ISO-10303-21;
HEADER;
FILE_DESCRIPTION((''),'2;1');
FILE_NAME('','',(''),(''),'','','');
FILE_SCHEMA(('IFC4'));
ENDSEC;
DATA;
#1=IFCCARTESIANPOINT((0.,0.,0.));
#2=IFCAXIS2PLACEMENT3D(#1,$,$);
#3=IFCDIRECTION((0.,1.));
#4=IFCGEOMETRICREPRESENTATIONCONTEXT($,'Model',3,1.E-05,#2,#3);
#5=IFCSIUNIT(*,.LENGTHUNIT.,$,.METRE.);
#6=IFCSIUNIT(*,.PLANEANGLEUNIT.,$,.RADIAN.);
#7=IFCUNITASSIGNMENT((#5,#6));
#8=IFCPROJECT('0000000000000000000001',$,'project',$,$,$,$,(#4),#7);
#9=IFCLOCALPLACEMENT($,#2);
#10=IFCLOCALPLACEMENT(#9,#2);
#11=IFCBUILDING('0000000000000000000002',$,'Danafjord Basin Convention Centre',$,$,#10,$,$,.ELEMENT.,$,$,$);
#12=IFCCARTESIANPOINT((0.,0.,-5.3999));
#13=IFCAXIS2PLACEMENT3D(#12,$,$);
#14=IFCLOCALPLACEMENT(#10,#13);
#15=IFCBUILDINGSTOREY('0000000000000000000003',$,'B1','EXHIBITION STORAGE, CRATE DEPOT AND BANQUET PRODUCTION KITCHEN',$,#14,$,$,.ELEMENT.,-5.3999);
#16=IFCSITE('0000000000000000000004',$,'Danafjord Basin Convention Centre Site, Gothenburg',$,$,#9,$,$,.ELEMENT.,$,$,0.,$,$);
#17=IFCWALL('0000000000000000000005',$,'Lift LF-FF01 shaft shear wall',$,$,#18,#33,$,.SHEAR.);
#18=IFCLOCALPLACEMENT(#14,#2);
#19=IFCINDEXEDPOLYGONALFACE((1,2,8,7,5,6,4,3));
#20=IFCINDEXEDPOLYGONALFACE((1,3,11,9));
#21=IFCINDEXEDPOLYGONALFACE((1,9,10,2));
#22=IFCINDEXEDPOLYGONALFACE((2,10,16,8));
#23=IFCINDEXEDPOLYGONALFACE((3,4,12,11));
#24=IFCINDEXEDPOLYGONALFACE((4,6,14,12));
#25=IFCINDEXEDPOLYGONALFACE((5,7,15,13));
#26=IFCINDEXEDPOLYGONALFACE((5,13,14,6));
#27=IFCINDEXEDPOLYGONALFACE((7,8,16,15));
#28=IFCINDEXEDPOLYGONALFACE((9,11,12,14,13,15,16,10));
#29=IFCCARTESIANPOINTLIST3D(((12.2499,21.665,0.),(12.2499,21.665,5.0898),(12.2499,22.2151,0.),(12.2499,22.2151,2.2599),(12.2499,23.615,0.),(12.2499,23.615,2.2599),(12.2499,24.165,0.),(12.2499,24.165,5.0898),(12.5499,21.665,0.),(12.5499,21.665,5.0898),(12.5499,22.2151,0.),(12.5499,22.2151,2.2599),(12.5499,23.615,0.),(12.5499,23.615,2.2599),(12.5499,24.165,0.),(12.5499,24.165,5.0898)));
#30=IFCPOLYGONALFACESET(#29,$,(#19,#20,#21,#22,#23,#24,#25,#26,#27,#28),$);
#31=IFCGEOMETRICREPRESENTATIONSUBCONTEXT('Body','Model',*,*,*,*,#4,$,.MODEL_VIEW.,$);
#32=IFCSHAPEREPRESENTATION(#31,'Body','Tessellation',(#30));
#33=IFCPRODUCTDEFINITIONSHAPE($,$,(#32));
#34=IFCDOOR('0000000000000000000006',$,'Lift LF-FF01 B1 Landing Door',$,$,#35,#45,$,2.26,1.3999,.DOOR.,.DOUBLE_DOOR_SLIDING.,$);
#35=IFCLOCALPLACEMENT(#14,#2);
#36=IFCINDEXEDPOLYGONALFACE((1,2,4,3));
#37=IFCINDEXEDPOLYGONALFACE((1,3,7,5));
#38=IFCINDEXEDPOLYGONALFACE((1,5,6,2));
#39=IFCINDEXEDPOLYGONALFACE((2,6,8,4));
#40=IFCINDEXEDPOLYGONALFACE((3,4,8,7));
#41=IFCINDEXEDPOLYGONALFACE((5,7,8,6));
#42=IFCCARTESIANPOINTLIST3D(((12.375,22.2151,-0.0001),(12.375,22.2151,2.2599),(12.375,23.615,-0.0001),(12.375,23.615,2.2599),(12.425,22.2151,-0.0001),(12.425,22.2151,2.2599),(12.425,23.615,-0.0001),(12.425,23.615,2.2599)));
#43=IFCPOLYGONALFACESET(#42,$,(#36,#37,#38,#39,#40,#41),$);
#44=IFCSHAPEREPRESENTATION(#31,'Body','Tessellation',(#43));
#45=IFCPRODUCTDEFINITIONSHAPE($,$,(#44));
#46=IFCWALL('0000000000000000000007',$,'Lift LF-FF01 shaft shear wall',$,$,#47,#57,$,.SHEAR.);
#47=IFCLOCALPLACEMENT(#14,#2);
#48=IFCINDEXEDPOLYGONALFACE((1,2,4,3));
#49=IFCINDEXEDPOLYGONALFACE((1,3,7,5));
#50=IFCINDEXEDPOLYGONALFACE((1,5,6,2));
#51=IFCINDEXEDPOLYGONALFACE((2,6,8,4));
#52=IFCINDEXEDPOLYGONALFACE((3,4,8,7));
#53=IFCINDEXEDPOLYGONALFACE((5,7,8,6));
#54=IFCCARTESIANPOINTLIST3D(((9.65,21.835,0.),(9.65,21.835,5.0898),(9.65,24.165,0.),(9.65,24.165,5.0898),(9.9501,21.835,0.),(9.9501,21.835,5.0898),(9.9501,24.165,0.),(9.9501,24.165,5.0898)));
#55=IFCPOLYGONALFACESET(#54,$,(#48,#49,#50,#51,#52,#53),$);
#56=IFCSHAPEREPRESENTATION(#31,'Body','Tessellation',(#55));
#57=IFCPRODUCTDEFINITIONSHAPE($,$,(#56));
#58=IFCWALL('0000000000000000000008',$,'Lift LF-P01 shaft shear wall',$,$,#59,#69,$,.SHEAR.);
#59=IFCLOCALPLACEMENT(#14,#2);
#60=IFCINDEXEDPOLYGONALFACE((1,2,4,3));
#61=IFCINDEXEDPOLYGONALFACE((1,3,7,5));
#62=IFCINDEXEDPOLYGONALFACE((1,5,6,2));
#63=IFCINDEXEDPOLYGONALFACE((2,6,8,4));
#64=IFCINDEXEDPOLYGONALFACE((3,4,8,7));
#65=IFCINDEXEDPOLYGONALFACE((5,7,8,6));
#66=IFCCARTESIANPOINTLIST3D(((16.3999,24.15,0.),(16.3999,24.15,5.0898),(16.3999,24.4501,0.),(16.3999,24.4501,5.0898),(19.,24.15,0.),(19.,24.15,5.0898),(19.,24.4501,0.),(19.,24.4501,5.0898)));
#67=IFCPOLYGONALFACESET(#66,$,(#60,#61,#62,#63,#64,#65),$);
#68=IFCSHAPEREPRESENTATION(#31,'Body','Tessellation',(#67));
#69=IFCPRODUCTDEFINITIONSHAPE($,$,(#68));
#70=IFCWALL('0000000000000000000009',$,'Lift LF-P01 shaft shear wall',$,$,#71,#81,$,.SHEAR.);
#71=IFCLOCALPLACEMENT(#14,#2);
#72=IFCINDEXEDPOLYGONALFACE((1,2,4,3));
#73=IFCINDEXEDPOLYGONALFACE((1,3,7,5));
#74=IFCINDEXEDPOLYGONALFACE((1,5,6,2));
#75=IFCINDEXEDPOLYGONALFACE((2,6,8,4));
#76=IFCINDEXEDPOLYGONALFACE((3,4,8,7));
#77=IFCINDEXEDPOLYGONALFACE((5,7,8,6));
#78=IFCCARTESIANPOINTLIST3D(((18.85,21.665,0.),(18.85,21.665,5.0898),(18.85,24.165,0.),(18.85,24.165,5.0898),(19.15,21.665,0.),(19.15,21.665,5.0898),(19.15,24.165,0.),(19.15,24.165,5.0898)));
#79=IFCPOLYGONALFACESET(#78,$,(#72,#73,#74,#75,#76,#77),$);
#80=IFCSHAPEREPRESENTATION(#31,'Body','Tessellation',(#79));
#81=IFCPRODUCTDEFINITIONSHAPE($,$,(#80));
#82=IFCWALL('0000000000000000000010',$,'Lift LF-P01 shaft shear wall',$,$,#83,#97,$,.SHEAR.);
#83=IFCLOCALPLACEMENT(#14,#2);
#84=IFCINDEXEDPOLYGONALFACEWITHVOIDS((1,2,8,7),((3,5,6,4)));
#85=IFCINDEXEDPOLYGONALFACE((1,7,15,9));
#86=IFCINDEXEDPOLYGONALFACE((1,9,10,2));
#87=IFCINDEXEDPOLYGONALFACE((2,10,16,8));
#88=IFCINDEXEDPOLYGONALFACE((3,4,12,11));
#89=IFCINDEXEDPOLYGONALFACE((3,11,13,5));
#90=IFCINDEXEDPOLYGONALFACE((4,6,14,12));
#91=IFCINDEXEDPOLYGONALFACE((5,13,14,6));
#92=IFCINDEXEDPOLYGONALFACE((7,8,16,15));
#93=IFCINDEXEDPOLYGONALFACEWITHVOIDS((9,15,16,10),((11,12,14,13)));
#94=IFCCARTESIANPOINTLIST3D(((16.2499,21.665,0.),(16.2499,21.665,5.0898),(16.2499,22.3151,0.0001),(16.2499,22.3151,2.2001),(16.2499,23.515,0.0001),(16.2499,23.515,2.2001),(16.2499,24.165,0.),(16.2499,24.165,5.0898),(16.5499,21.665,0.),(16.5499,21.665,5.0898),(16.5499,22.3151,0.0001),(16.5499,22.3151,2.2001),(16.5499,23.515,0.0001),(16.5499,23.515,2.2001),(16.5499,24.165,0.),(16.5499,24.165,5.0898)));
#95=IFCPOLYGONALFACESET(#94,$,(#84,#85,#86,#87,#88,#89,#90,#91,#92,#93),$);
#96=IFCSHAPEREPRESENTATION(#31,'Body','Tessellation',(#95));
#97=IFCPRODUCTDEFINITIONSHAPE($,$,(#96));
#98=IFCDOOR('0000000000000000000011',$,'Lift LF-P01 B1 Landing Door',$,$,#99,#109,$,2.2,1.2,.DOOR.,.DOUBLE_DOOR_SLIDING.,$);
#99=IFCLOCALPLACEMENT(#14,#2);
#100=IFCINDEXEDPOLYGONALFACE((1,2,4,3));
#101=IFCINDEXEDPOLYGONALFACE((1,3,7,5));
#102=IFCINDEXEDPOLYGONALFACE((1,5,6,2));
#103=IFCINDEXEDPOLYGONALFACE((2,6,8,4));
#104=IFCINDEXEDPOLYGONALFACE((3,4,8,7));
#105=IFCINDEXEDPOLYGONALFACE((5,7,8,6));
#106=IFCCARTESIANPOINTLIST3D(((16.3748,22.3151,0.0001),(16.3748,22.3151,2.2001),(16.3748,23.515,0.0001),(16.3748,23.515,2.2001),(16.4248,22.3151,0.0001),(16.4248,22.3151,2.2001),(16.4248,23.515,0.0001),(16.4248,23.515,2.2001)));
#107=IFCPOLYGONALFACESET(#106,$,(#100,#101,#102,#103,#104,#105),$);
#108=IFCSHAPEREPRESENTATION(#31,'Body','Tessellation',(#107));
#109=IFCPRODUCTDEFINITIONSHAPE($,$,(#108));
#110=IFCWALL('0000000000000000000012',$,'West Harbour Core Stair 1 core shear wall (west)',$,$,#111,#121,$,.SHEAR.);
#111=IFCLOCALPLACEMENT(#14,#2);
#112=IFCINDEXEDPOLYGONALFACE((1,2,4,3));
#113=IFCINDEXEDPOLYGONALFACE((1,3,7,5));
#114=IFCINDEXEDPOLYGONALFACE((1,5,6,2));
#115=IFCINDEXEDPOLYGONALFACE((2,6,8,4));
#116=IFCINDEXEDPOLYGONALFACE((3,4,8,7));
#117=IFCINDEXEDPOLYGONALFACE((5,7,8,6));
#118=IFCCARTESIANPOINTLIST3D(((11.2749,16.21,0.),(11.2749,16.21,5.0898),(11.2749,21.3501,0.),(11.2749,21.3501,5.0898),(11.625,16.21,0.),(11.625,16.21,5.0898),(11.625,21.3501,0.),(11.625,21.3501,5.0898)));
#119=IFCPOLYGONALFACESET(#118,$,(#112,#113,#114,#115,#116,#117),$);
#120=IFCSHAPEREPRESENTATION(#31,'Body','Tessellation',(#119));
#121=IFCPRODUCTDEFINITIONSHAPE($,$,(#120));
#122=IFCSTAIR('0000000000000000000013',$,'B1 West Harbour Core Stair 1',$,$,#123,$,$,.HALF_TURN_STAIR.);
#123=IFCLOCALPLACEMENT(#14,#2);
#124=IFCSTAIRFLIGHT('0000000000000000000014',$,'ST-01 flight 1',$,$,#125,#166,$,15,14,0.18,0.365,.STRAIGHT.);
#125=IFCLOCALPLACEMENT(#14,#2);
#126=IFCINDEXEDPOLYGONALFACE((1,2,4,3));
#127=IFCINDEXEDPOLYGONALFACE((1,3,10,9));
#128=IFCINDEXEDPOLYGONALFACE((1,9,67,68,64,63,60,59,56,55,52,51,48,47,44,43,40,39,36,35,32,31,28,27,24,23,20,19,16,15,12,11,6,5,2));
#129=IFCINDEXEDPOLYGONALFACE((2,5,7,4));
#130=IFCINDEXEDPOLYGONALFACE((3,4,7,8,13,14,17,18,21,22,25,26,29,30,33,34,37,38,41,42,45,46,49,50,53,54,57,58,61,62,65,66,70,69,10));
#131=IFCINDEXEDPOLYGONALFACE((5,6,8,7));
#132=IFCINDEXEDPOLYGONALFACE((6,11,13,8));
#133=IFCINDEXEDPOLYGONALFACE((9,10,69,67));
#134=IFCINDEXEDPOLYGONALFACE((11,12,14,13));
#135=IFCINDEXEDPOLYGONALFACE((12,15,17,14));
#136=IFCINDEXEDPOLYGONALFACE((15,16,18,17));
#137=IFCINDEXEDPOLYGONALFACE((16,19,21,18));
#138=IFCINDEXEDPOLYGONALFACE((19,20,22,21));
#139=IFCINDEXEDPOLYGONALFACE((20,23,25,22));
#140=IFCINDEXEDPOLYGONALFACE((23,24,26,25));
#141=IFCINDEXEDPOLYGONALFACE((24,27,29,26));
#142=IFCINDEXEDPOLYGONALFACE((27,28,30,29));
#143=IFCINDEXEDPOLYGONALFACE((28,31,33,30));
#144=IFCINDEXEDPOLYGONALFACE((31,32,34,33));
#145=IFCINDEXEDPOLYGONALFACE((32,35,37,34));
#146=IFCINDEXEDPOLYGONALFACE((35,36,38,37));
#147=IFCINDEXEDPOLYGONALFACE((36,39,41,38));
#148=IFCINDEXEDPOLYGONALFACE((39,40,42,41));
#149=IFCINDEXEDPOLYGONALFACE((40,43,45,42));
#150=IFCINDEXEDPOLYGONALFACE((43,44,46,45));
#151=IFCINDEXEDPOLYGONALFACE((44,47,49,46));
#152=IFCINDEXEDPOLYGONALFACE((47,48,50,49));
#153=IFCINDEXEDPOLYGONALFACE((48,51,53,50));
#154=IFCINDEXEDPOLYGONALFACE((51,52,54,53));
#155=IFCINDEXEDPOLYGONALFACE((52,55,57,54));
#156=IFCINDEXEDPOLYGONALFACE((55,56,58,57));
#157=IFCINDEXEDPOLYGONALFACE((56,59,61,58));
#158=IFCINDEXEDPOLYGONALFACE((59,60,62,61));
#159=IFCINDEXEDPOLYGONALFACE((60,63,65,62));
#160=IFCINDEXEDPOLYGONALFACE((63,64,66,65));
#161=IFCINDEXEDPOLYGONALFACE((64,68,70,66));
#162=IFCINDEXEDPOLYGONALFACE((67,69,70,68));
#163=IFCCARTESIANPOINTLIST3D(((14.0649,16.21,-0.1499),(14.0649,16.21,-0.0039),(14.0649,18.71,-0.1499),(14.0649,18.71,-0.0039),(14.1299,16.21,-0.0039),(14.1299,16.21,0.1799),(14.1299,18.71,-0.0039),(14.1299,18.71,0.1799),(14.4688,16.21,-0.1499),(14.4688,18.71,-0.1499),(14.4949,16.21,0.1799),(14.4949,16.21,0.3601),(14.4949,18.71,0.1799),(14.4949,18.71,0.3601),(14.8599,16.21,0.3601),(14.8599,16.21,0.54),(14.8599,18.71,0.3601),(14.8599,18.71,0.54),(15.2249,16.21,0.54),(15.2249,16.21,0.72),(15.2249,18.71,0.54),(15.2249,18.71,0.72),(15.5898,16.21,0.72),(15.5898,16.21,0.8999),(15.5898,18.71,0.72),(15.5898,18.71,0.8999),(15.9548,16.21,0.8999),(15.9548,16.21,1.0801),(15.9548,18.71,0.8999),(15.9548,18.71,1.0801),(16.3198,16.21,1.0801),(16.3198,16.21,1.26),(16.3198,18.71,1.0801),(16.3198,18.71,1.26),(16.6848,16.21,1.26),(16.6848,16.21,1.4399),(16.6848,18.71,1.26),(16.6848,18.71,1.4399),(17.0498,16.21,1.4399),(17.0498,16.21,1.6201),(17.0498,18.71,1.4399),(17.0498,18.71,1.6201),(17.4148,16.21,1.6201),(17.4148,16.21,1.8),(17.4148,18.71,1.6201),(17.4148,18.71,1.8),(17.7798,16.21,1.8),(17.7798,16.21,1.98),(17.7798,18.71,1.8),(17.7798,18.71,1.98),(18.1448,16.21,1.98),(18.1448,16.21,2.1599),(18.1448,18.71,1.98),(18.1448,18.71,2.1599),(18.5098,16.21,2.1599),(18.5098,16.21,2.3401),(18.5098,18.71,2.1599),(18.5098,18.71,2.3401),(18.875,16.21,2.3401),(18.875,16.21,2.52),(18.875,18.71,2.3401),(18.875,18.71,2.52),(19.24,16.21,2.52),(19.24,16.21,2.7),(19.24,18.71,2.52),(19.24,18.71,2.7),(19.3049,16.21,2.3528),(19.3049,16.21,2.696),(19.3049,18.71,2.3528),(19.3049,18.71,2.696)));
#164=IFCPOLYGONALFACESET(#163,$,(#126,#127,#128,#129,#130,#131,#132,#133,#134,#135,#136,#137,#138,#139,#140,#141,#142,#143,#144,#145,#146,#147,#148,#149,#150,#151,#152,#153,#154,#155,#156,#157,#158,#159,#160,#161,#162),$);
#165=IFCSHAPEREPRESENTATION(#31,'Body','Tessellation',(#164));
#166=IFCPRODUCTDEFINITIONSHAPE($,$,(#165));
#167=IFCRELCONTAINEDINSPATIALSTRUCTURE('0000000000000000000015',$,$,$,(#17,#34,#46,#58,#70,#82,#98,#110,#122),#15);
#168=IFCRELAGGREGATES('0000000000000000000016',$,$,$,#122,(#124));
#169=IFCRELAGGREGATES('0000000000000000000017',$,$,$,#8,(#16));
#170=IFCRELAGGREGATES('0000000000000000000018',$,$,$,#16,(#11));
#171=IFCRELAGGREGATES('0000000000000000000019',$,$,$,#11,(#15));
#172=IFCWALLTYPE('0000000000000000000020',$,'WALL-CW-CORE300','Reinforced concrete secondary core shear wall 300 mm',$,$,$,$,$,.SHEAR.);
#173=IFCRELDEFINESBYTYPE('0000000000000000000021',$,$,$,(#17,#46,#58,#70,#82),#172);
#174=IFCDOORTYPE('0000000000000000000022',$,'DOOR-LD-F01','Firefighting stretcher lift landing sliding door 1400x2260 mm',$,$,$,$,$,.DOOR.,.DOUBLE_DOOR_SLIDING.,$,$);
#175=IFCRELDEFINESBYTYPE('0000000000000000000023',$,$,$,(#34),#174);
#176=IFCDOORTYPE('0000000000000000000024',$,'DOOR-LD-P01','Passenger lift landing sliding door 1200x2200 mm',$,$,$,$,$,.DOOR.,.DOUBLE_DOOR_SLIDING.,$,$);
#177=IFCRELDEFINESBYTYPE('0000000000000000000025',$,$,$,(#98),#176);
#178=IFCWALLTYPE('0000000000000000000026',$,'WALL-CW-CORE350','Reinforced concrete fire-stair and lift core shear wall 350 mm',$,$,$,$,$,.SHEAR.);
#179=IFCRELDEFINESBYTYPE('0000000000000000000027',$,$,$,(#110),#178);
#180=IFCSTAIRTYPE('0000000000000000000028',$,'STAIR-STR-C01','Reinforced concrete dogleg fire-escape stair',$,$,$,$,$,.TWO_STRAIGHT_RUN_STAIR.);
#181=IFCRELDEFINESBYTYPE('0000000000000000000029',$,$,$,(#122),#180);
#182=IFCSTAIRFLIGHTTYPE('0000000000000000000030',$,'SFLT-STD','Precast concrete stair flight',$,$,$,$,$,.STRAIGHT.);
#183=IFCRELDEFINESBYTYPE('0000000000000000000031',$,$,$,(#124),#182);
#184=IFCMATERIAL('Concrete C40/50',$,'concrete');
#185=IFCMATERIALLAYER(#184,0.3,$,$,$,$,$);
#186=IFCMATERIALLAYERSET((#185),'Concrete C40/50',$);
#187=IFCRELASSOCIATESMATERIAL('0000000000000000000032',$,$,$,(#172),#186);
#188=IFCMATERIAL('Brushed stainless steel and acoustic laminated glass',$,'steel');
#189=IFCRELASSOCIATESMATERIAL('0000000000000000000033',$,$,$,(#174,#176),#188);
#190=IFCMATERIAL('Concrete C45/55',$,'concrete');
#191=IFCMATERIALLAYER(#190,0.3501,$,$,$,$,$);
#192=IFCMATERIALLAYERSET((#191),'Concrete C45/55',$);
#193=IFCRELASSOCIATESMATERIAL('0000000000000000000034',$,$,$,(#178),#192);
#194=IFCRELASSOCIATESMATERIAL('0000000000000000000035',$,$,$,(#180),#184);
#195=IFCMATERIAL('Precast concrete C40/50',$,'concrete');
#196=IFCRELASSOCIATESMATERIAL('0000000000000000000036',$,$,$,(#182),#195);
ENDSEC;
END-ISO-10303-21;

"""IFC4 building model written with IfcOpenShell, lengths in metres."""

from ifc_helpers import new_model, si_unit, direction, frame, frame_2d, origin, place, context, subcontext, project, spatial, polyline, rectangle, outline, extrude, material, layer, layer_set, type_object, element, fill, aggregate, save


model = new_model("IFC4")

# Units and contexts
model_context = context("Model", 3, precision=1e-05, world=origin(), true_north=direction((0.0, 1.0)))
body_context = subcontext(model_context, "Body", "Model", "MODEL_VIEW")
ifc_project = project(units=[si_unit("LENGTHUNIT", "METRE"), si_unit("PLANEANGLEUNIT", "RADIAN")], contexts=[model_context])

# Site, building, storey
site_placement = place(None, origin())
site = spatial("IfcSite", under=ifc_project, at=site_placement, Name="Danafjord Basin Convention Centre Site, Gothenburg", CompositionType="ELEMENT", RefElevation=0.0)
building_placement = place(site_placement, origin())
building = spatial("IfcBuilding", under=site, at=building_placement, Name="Danafjord Basin Convention Centre", CompositionType="ELEMENT")
storey_placement = place(building_placement, frame((0.0, 0.0, -5.3999)))
storey = spatial("IfcBuildingStorey", under=building, at=storey_placement, Name="B1", Description="EXHIBITION STORAGE, CRATE DEPOT AND BANQUET PRODUCTION KITCHEN", CompositionType="ELEMENT", Elevation=-5.3999)

# Shared definitions
ifc_material_1 = material(Name="Concrete C40/50", Category="concrete")

# Shared definitions
ifc_material_2 = material(Name="Concrete C45/55", Category="concrete")

# Shared definitions
ifc_layer_1 = layer(ifc_material_1, 0.3)
ifc_layer_set_1 = layer_set([ifc_layer_1], Name="Concrete C40/50")
wall_type_1 = type_object("IfcWallType", Name="WALL-CW-CORE300", Description="Reinforced concrete secondary core shear wall 300 mm", PredefinedType="SHEAR", material=ifc_layer_set_1)

# Wall, opening, door
wall_1_placement = place(storey_placement, frame((12.3999, 21.665, 0.0), z_axis=(0.0, 0.0, 1.0), x_axis=(0.0, 1.0, 0.0)))
wall_1 = element("IfcWall", 1, at=wall_1_placement, inside=storey, type_object=wall_type_1, Name="Lift LF-FF01 shaft shear wall", PredefinedType="SHEAR", context=body_context, shape_type="SweptSolid", body=[
    extrude(rectangle(XDim=2.5, YDim=0.3, at=frame_2d((1.25, 0.0))), origin(), (0.0, 0.0, 1.0), 5.0898),
])
opening_1_placement = place(wall_1_placement, frame((0.55, 0.0, 0.0)))
opening_1 = element("IfcOpeningElement", 2, at=opening_1_placement, cuts=wall_1, PredefinedType="OPENING", context=body_context, shape_type="SweptSolid", body=[
    extrude(rectangle(XDim=1.3999, YDim=2.26, at=frame_2d((0.7, 1.1299))), frame((0.0, 0.1599, 0.0), z_axis=(0.0, -1.0, 0.0), x_axis=(1.0, 0.0, 0.0)), (0.0, 0.0, 1.0), 0.3201),
])
ifc_material_3 = material(Name="Brushed stainless steel and acoustic laminated glass", Category="steel")
door_type_1 = type_object("IfcDoorType", Name="DOOR-LD-F01", Description="Firefighting stretcher lift landing sliding door 1400x2260 mm", OperationType="DOUBLE_DOOR_SLIDING", PredefinedType="DOOR", material=ifc_material_3)
door_1_placement = place(opening_1_placement, origin())
door_1 = element("IfcDoor", 3, at=door_1_placement, inside=storey, type_object=door_type_1, Name="Lift LF-FF01 B1 Landing Door", OperationType="DOUBLE_DOOR_SLIDING", OverallHeight=2.26, OverallWidth=1.3999, PredefinedType="DOOR", context=body_context, shape_type="SweptSolid", body=[
    extrude(rectangle(XDim=1.3999, YDim=2.26, at=frame_2d((0.7, 1.1299))), frame((0.0, 0.0249, 0.0), z_axis=(0.0, -1.0, 0.0), x_axis=(1.0, 0.0, 0.0)), (0.0, 0.0, 1.0), 0.05),
])
fill(opening_1, door_1)

# Walls
wall_2_placement = place(storey_placement, frame((9.8, 24.165, 0.0), z_axis=(0.0, 0.0, 1.0), x_axis=(0.0, -1.0, 0.0)))
element("IfcWall", 4, at=wall_2_placement, inside=storey, type_object=wall_type_1, Name="Lift LF-FF01 shaft shear wall", PredefinedType="SHEAR", context=body_context, shape_type="SweptSolid", body=[
    extrude(rectangle(XDim=2.3301, YDim=0.3, at=frame_2d((1.165, 0.0))), origin(), (0.0, 0.0, 1.0), 5.0898),
])
wall_3_placement = place(storey_placement, frame((19.0, 24.3, 0.0), z_axis=(0.0, 0.0, 1.0), x_axis=(-1.0, 0.0, 0.0)))
element("IfcWall", 5, at=wall_3_placement, inside=storey, type_object=wall_type_1, Name="Lift LF-P01 shaft shear wall", PredefinedType="SHEAR", context=body_context, shape_type="SweptSolid", body=[
    extrude(rectangle(XDim=2.6001, YDim=0.3, at=frame_2d((1.3, 0.0))), origin(), (0.0, 0.0, 1.0), 5.0898),
])
wall_4_placement = place(storey_placement, frame((19.0, 21.665, 0.0), z_axis=(0.0, 0.0, 1.0), x_axis=(0.0, 1.0, 0.0)))
element("IfcWall", 6, at=wall_4_placement, inside=storey, type_object=wall_type_1, Name="Lift LF-P01 shaft shear wall", PredefinedType="SHEAR", context=body_context, shape_type="SweptSolid", body=[
    extrude(rectangle(XDim=2.5, YDim=0.3, at=frame_2d((1.25, 0.0))), origin(), (0.0, 0.0, 1.0), 5.0898),
])

# Wall, opening, door
wall_5_placement = place(storey_placement, frame((16.3999, 24.165, 0.0), z_axis=(0.0, 0.0, 1.0), x_axis=(0.0, -1.0, 0.0)))
wall_5 = element("IfcWall", 7, at=wall_5_placement, inside=storey, type_object=wall_type_1, Name="Lift LF-P01 shaft shear wall", PredefinedType="SHEAR", context=body_context, shape_type="SweptSolid", body=[
    extrude(rectangle(XDim=2.5, YDim=0.3, at=frame_2d((1.25, 0.0))), origin(), (0.0, 0.0, 1.0), 5.0898),
])
opening_2_placement = place(wall_5_placement, frame((0.6499, 0.0, 0.0)))
opening_2 = element("IfcOpeningElement", 8, at=opening_2_placement, cuts=wall_5, PredefinedType="OPENING", context=body_context, shape_type="SweptSolid", body=[
    extrude(rectangle(XDim=1.2, YDim=2.2, at=frame_2d((0.6001, 1.1001))), frame((0.0, 0.1599, 0.0), z_axis=(0.0, -1.0, 0.0), x_axis=(1.0, 0.0, 0.0)), (0.0, 0.0, 1.0), 0.3201),
])
door_type_2 = type_object("IfcDoorType", Name="DOOR-LD-P01", Description="Passenger lift landing sliding door 1200x2200 mm", OperationType="DOUBLE_DOOR_SLIDING", PredefinedType="DOOR", material=ifc_material_3)
door_2_placement = place(opening_2_placement, origin())
door_2 = element("IfcDoor", 9, at=door_2_placement, inside=storey, type_object=door_type_2, Name="Lift LF-P01 B1 Landing Door", OperationType="DOUBLE_DOOR_SLIDING", OverallHeight=2.2, OverallWidth=1.2, PredefinedType="DOOR", context=body_context, shape_type="SweptSolid", body=[
    extrude(rectangle(XDim=1.2, YDim=2.2, at=frame_2d((0.6001, 1.1001))), frame((0.0, 0.0249, 0.0), z_axis=(0.0, -1.0, 0.0), x_axis=(1.0, 0.0, 0.0)), (0.0, 0.0, 1.0), 0.05),
])
fill(opening_2, door_2)

# Wall
ifc_layer_2 = layer(ifc_material_2, 0.3501)
ifc_layer_set_2 = layer_set([ifc_layer_2], Name="Concrete C45/55")
wall_type_2 = type_object("IfcWallType", Name="WALL-CW-CORE350", Description="Reinforced concrete fire-stair and lift core shear wall 350 mm", PredefinedType="SHEAR", material=ifc_layer_set_2)
wall_6_placement = place(storey_placement, frame((11.45, 21.3501, 0.0), z_axis=(0.0, 0.0, 1.0), x_axis=(0.0, -1.0, 0.0)))
element("IfcWall", 10, at=wall_6_placement, inside=storey, type_object=wall_type_2, Name="West Harbour Core Stair 1 core shear wall (west)", PredefinedType="SHEAR", context=body_context, shape_type="SweptSolid", body=[
    extrude(rectangle(XDim=5.1401, YDim=0.3501, at=frame_2d((2.5701, 0.0))), origin(), (0.0, 0.0, 1.0), 5.0898),
])

# Stair, stair flight
stair_type = type_object("IfcStairType", Name="STAIR-STR-C01", Description="Reinforced concrete dogleg fire-escape stair", PredefinedType="TWO_STRAIGHT_RUN_STAIR", material=ifc_material_1)
stair_placement = place(storey_placement, origin())
stair = element("IfcStair", 11, at=stair_placement, inside=storey, type_object=stair_type, Name="B1 West Harbour Core Stair 1", PredefinedType="HALF_TURN_STAIR")
ifc_material_4 = material(Name="Precast concrete C40/50", Category="concrete")
stair_flight_type = type_object("IfcStairFlightType", Name="SFLT-STD", Description="Precast concrete stair flight", PredefinedType="STRAIGHT", material=ifc_material_4)
stair_flight_placement = place(storey_placement, frame((14.1299, 17.46, 0.0), z_axis=(0.0, 0.0, 1.0), x_axis=(1.0, 0.0, 0.0)))
stair_flight = element("IfcStairFlight", 12, at=stair_flight_placement, type_object=stair_flight_type, Name="ST-01 flight 1", NumberOfRisers=15, NumberOfTreads=14, PredefinedType="STRAIGHT", RiserHeight=0.18, TreadLength=0.365, context=body_context, shape_type="SweptSolid", body=[
    extrude(outline(polyline([(-0.0649, -0.1499), (-0.0649, -0.0039), (0.0, -0.0039), (0.0, 0.1799), (0.365, 0.1799), (0.365, 0.3601), (0.73, 0.3601), (0.73, 0.54), (1.095, 0.54), (1.095, 0.72), (1.46, 0.72), (1.46, 0.8999), (1.825, 0.8999), (1.825, 1.0801), (2.1899, 1.0801), (2.1899, 1.26), (2.5549, 1.26), (2.5549, 1.4399), (2.9199, 1.4399), (2.9199, 1.6201), (3.2849, 1.6201), (3.2849, 1.8), (3.6499, 1.8), (3.6499, 1.98), (4.0149, 1.98), (4.0149, 2.1599), (4.3799, 2.1599), (4.3799, 2.3401), (4.7451, 2.3401), (4.7451, 2.52), (5.1101, 2.52), (5.1101, 2.7), (5.175, 2.696), (5.175, 2.3528), (0.3389, -0.1499), (-0.0649, -0.1499)])), frame((0.0, 1.25, 0.0), z_axis=(0.0, -1.0, 0.0), x_axis=(1.0, 0.0, 0.0)), (0.0, 0.0, 1.0), 2.5),
])
aggregate(stair, [stair_flight])

save(model, "model.ifc")
